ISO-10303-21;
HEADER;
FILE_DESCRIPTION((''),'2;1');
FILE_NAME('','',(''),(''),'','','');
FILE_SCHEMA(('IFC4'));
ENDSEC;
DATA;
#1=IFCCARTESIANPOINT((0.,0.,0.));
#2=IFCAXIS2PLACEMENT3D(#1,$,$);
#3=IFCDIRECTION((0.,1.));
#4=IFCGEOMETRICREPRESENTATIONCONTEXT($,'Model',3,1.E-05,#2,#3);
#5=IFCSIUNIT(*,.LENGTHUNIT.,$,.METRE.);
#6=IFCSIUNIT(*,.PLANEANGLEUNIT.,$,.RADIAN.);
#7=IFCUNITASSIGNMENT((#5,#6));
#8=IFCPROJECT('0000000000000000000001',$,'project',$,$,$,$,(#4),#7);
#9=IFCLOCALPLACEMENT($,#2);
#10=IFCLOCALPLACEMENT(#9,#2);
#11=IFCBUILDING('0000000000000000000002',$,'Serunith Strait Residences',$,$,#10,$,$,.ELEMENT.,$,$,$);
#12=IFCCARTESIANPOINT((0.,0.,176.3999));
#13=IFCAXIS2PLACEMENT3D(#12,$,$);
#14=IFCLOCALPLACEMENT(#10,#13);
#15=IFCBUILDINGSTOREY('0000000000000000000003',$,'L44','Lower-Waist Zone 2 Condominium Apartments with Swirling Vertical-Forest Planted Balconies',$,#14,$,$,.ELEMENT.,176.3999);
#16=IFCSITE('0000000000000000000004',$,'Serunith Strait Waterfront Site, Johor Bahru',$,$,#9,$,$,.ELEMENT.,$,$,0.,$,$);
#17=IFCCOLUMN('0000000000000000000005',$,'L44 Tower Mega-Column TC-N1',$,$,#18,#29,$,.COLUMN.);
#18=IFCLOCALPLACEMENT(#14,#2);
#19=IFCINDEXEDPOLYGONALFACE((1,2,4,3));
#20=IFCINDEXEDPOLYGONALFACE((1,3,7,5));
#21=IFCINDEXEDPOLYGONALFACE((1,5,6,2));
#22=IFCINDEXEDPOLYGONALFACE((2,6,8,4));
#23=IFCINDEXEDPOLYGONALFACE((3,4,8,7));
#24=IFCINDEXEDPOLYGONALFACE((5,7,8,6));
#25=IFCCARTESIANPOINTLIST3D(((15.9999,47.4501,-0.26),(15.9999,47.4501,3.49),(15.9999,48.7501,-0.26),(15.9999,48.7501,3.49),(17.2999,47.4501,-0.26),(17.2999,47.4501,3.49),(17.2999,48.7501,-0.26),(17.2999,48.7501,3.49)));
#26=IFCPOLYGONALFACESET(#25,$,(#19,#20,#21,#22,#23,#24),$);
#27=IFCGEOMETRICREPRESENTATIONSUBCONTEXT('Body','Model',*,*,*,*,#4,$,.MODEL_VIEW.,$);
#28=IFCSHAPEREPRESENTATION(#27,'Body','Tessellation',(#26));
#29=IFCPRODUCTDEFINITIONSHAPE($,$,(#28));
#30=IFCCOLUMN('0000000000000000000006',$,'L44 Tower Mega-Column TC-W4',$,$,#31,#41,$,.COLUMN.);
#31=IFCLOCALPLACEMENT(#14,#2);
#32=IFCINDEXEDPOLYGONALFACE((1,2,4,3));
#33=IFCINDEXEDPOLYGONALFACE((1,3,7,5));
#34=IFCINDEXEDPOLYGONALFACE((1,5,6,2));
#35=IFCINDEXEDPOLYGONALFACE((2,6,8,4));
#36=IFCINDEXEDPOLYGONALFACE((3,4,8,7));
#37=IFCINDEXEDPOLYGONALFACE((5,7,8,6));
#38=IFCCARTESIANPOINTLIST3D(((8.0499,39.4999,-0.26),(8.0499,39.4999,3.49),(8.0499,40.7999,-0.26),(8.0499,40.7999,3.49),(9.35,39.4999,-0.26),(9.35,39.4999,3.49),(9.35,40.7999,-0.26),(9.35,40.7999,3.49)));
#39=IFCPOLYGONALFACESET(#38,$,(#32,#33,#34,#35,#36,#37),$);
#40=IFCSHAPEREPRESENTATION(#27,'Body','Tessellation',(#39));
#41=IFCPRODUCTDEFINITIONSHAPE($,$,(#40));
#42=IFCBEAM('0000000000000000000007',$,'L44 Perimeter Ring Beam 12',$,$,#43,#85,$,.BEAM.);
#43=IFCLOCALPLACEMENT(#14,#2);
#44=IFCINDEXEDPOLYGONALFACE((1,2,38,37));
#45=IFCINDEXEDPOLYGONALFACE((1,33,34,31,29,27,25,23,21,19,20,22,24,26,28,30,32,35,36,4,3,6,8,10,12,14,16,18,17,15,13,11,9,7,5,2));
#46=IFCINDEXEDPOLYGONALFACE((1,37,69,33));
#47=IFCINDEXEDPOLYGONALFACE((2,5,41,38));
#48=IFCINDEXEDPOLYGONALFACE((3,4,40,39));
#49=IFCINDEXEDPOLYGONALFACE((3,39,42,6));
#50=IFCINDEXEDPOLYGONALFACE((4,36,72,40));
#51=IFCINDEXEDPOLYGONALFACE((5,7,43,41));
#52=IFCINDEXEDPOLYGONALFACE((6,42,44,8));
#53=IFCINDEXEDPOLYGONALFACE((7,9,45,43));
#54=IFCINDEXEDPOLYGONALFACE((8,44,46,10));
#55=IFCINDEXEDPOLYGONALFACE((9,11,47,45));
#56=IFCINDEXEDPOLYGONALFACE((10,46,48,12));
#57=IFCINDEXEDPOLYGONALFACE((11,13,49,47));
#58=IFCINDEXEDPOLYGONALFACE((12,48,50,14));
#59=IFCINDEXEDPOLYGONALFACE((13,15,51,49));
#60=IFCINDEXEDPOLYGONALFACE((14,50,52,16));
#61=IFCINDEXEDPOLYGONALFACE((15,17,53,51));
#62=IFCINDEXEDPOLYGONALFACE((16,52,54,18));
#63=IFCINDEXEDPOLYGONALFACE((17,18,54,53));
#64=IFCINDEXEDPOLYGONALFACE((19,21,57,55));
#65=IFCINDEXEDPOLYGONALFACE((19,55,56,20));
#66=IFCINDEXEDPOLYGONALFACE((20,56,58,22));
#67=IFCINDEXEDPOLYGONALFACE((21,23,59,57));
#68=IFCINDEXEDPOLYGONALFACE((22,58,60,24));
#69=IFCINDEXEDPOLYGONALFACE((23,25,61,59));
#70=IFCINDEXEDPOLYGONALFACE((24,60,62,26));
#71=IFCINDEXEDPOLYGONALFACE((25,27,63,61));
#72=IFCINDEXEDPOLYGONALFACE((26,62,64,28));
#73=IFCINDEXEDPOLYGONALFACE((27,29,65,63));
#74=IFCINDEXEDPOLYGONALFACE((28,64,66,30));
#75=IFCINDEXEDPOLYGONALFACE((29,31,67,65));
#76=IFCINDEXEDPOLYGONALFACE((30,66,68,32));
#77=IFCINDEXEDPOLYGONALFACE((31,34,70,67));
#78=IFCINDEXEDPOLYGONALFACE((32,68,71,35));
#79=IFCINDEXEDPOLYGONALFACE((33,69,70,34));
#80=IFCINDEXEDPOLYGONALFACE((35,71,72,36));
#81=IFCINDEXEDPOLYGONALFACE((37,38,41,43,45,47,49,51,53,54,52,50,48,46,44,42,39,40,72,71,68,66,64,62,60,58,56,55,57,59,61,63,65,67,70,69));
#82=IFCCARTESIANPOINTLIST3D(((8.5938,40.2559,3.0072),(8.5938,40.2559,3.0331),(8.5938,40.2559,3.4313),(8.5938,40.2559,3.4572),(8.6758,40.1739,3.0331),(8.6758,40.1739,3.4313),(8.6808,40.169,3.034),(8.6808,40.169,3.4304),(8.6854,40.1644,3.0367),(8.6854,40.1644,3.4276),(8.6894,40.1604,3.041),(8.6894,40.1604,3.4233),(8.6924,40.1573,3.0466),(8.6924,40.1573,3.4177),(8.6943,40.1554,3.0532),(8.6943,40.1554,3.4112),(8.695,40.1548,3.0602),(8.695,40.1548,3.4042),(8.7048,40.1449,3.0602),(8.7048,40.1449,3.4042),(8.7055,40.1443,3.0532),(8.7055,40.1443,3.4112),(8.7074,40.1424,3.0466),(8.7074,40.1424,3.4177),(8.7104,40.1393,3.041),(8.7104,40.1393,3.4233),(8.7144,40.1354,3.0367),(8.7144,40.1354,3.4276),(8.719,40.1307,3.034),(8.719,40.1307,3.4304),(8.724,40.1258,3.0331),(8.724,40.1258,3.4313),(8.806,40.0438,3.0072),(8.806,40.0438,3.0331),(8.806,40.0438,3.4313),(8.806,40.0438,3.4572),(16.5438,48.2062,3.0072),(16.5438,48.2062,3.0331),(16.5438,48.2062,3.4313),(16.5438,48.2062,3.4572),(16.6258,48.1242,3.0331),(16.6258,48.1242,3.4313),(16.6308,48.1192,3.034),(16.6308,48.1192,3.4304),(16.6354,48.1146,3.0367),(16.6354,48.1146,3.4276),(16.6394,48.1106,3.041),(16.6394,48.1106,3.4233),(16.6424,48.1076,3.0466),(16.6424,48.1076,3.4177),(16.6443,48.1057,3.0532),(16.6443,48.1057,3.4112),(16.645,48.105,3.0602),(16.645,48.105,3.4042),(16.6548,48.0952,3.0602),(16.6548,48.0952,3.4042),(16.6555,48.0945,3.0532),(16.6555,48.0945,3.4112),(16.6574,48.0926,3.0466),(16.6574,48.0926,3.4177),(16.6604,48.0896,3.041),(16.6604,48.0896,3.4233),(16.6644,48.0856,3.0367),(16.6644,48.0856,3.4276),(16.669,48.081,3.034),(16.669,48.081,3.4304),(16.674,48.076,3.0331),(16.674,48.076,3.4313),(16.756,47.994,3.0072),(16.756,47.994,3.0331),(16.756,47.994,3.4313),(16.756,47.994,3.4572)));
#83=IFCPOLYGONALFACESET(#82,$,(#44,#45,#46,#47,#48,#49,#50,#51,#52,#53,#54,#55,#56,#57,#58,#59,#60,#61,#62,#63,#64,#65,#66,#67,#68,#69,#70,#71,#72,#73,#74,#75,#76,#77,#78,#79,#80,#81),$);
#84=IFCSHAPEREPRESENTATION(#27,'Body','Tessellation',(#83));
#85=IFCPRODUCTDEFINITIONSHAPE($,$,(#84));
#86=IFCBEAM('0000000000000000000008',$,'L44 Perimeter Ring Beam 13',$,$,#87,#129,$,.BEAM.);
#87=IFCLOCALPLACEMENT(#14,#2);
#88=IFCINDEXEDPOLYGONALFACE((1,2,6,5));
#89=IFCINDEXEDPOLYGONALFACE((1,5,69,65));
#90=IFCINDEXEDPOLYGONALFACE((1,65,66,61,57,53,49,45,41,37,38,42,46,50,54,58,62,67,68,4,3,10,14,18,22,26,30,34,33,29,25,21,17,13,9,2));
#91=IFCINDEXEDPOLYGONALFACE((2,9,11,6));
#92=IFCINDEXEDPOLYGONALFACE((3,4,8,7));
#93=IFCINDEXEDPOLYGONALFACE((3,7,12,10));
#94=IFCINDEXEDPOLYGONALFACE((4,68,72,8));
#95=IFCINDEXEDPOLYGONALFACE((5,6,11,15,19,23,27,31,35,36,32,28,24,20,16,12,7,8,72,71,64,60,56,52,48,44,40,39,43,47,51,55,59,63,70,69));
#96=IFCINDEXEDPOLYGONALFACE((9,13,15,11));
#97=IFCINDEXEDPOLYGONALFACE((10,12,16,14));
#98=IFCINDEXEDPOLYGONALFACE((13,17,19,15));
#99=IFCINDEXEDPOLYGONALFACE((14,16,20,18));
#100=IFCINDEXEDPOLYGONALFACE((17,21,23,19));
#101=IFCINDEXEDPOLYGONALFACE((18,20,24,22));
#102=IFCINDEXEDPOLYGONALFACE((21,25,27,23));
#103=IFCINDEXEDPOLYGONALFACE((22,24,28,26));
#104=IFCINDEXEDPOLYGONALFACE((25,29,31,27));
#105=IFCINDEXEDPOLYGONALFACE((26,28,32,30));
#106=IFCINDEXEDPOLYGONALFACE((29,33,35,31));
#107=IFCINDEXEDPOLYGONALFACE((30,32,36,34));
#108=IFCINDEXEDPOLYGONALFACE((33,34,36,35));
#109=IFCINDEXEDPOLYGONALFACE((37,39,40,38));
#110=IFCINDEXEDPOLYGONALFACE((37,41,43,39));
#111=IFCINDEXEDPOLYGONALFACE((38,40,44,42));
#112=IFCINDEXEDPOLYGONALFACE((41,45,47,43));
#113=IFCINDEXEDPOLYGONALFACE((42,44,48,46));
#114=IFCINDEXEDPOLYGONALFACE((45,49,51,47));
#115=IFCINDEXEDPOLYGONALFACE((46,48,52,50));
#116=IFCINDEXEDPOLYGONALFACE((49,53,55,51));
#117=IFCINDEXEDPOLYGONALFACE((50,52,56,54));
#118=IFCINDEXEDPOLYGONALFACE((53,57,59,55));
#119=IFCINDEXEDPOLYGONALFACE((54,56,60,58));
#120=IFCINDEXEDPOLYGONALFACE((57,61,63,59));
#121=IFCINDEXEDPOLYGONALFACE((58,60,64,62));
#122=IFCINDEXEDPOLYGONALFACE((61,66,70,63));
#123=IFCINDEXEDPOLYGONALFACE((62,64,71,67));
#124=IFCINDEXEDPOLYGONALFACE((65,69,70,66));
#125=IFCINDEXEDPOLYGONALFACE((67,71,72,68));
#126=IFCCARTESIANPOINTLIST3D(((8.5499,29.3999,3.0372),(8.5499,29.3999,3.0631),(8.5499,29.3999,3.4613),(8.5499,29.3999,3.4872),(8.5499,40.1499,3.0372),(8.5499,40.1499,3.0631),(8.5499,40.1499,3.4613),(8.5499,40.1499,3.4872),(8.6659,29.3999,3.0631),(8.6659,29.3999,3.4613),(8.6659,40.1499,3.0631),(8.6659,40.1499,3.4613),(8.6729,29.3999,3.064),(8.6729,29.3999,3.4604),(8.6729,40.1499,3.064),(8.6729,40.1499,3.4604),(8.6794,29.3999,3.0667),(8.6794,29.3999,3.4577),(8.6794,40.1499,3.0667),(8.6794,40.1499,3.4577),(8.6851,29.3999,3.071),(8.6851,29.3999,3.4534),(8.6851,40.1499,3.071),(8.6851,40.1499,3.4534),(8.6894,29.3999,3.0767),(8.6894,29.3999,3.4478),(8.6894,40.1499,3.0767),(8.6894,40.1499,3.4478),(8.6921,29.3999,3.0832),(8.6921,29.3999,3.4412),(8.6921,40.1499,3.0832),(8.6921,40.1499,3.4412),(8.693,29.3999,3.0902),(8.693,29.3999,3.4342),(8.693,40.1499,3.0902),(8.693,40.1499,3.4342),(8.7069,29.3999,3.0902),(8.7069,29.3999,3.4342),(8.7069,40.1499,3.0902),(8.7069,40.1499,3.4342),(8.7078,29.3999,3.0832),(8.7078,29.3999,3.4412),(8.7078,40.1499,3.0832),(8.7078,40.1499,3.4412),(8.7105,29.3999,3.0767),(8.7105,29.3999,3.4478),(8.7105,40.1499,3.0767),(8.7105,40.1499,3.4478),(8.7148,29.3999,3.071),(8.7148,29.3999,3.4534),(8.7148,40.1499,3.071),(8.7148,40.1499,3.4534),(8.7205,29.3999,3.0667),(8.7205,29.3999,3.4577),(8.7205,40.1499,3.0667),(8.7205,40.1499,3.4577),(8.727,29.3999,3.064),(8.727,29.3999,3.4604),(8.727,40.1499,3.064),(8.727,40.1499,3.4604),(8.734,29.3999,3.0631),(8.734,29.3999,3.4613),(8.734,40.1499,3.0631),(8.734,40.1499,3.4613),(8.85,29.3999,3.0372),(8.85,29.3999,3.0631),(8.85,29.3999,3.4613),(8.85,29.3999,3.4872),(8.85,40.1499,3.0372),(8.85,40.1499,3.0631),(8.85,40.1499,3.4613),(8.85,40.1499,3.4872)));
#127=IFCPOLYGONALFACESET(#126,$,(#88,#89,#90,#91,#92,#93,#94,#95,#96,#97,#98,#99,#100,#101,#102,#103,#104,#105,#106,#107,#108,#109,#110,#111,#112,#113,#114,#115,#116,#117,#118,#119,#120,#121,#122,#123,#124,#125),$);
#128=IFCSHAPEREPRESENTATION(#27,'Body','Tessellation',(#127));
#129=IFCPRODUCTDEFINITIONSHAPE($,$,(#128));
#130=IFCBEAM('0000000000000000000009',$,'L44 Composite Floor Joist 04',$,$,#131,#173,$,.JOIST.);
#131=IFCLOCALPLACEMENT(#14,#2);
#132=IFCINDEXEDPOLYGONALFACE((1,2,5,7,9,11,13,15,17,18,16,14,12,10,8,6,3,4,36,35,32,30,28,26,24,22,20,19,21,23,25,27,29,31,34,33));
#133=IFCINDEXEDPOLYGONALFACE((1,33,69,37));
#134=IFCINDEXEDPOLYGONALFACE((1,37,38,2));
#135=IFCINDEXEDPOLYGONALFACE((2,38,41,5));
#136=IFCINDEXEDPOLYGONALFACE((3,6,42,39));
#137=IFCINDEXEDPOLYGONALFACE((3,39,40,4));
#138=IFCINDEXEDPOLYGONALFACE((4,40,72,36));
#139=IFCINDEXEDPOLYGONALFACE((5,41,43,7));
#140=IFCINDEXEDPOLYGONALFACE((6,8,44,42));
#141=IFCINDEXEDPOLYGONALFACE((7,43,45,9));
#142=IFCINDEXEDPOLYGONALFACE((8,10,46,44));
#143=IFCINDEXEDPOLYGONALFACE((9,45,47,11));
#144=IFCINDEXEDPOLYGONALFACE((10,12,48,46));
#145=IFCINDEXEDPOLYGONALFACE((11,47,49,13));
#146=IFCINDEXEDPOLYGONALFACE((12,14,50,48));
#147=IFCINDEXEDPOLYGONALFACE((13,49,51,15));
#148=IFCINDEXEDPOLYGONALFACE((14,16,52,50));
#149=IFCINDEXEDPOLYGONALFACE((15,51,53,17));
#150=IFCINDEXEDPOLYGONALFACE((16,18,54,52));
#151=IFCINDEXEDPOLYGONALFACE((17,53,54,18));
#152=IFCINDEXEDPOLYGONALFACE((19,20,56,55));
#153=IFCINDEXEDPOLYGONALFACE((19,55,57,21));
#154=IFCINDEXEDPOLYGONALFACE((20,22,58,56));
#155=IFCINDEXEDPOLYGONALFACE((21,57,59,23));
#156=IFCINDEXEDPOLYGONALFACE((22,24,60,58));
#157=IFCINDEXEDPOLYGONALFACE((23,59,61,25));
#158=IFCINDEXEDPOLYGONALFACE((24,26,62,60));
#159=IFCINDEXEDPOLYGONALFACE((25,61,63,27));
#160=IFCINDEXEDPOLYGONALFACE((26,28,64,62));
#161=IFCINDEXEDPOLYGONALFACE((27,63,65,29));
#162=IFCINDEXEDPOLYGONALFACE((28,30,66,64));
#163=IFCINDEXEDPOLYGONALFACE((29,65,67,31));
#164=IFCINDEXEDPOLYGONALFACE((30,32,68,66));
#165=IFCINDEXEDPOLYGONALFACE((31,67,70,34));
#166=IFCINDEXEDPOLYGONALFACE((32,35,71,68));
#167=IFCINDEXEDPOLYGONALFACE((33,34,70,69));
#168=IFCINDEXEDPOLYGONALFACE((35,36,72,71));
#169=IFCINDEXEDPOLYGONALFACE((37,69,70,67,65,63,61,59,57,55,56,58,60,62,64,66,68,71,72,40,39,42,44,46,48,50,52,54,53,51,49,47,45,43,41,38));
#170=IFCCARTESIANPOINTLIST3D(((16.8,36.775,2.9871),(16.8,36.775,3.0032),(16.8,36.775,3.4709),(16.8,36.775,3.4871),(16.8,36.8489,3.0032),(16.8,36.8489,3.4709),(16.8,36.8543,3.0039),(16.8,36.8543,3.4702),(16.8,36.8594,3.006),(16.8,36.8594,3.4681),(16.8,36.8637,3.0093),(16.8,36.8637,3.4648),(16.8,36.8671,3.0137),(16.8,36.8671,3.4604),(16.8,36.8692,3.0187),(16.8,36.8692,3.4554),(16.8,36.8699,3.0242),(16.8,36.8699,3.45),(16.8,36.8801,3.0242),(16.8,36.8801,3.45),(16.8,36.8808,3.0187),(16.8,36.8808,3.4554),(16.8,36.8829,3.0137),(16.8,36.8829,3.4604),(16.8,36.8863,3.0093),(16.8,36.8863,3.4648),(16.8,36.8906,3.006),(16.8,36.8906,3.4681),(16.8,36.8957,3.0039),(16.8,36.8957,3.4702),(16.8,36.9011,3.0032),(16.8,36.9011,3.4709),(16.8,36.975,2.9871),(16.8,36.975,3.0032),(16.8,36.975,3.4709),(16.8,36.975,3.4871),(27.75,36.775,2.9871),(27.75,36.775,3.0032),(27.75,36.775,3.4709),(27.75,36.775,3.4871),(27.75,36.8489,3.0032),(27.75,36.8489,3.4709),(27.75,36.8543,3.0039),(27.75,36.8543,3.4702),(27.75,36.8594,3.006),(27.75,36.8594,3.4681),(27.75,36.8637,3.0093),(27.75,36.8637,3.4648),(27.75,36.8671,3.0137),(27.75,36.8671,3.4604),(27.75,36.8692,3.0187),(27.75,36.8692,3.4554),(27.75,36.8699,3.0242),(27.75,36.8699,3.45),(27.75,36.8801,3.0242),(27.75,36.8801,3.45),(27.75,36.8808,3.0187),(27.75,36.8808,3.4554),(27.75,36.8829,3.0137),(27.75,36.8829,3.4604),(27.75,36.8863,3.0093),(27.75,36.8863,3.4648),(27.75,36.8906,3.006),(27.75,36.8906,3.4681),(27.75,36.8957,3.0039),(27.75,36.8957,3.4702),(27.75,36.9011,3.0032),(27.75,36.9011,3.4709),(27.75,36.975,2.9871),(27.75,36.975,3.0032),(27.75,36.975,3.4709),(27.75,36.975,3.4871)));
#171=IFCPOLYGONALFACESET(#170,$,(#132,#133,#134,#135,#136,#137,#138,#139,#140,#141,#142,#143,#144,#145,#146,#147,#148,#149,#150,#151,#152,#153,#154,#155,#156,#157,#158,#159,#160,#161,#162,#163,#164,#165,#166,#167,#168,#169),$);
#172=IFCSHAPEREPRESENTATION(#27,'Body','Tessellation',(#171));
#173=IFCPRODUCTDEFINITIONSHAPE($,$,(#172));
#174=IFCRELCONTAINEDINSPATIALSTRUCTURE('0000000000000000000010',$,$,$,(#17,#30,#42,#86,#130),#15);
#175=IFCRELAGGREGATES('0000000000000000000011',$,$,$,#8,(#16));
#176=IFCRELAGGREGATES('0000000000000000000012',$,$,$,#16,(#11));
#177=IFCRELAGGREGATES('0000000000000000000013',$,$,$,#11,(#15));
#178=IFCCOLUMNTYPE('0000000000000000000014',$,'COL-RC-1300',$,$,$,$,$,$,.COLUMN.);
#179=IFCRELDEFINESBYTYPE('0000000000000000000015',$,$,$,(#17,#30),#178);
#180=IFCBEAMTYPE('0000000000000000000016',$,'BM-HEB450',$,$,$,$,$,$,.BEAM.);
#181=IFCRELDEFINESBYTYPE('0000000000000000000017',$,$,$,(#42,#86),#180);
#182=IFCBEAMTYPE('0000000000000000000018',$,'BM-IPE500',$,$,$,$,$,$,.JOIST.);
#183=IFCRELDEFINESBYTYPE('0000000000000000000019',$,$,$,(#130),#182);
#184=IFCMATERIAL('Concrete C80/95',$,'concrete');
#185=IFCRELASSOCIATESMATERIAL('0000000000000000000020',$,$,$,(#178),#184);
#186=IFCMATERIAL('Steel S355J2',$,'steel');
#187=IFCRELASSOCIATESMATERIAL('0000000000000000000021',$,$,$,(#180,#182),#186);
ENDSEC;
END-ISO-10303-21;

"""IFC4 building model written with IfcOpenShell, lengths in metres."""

from ifc_helpers import new_model, si_unit, direction, frame, origin, origin_2d, place, context, subcontext, project, spatial, rectangle, i_section, extrude, source, transform, mapped, material, material_profile, profile_set, type_object, element, save


model = new_model("IFC4")

# Units and contexts
model_context = context("Model", 3, precision=1e-05, world=origin(), true_north=direction((0.0, 1.0)))
body_context = subcontext(model_context, "Body", "Model", "MODEL_VIEW")
ifc_project = project(units=[si_unit("LENGTHUNIT", "METRE"), si_unit("PLANEANGLEUNIT", "RADIAN")], contexts=[model_context])

# Site, building, storey
site_placement = place(None, origin())
site = spatial("IfcSite", under=ifc_project, at=site_placement, Name="Serunith Strait Waterfront Site, Johor Bahru", CompositionType="ELEMENT", RefElevation=0.0)
building_placement = place(site_placement, origin())
building = spatial("IfcBuilding", under=site, at=building_placement, Name="Serunith Strait Residences", CompositionType="ELEMENT")
storey_placement = place(building_placement, frame((0.0, 0.0, 176.3999)))
storey = spatial("IfcBuildingStorey", under=building, at=storey_placement, Name="L44", Description="Lower-Waist Zone 2 Condominium Apartments with Swirling Vertical-Forest Planted Balconies", CompositionType="ELEMENT", Elevation=176.3999)

# Columns
ifc_material_1 = material(Name="Concrete C80/95", Category="concrete")
ifc_material_profile_1 = material_profile(ifc_material_1, rectangle(XDim=1.3, YDim=1.3, at=origin_2d()), Name="RC 1300x1300")
ifc_profile_set_1 = profile_set([ifc_material_profile_1], Name="Concrete C80/95")
column_type = type_object("IfcColumnType", Name="COL-RC-1300", PredefinedType="COLUMN", material=ifc_profile_set_1)
shared_shape_1 = source(origin(), body_context, "Body", "SweptSolid", [
    extrude(rectangle(XDim=1.3, YDim=1.3, at=origin_2d()), origin(), (0.0, 0.0, 1.0), 3.75),
])
for number, where, z_axis, x_axis, name in (
    (1, (16.6499, 48.1001, -0.26), (0.0, 0.0, 1.0), (1.0, 0.0, 0.0), "L44 Tower Mega-Column TC-N1"),
    (2, (8.7, 40.1499, -0.26), (0.0, 0.0, 1.0), (1.0, 0.0, 0.0), "L44 Tower Mega-Column TC-W4"),
):
    element("IfcColumn", number, at=place(storey_placement, frame(where, z_axis=z_axis, x_axis=x_axis)), inside=storey, type_object=column_type, Name=name, PredefinedType="COLUMN", context=body_context, shape_type="MappedRepresentation", body=[
        mapped(shared_shape_1, transform((0.0, 0.0, 0.0), scale=1.0)),
    ])

# Beams
ifc_material_2 = material(Name="Steel S355J2", Category="steel")
ifc_material_profile_2 = material_profile(ifc_material_2, i_section(OverallWidth=0.3, OverallDepth=0.45, WebThickness=0.0139, FlangeThickness=0.0259, FilletRadius=0.0271, at=origin_2d()), Name="HEB 450")
ifc_profile_set_2 = profile_set([ifc_material_profile_2], Name="Steel S355J2")
beam_type_1 = type_object("IfcBeamType", Name="BM-HEB450", PredefinedType="BEAM", material=ifc_profile_set_2)
shared_shape_2 = source(origin(), body_context, "Body", "SweptSolid", [
    extrude(i_section(OverallWidth=0.3, OverallDepth=0.45, WebThickness=0.0139, FlangeThickness=0.0259, FilletRadius=0.0271, at=origin_2d()), origin(), (0.0, 0.0, 1.0), 11.2432),
])
beam_1_placement = place(storey_placement, frame((16.6499, 48.1001, 3.2322), z_axis=(-0.707096, -0.707118, 0.0), x_axis=(0.707118, -0.707096, 0.0)))
element("IfcBeam", 3, at=beam_1_placement, inside=storey, type_object=beam_type_1, Name="L44 Perimeter Ring Beam 12", PredefinedType="BEAM", context=body_context, shape_type="MappedRepresentation", body=[
    mapped(shared_shape_2, transform((0.0, 0.0, 0.0), scale=1.0)),
])
shared_shape_3 = source(origin(), body_context, "Body", "SweptSolid", [
    extrude(i_section(OverallWidth=0.3, OverallDepth=0.45, WebThickness=0.0139, FlangeThickness=0.0259, FilletRadius=0.0271, at=origin_2d()), origin(), (0.0, 0.0, 1.0), 10.75),
])
beam_2_placement = place(storey_placement, frame((8.7, 40.1499, 3.2622), z_axis=(0.0, -1.0, 0.0), x_axis=(1.0, 0.0, 0.0)))
element("IfcBeam", 4, at=beam_2_placement, inside=storey, type_object=beam_type_1, Name="L44 Perimeter Ring Beam 13", PredefinedType="BEAM", context=body_context, shape_type="MappedRepresentation", body=[
    mapped(shared_shape_3, transform((0.0, 0.0, 0.0), scale=1.0)),
])
ifc_material_profile_3 = material_profile(ifc_material_2, i_section(OverallWidth=0.2, OverallDepth=0.5, WebThickness=0.0103, FlangeThickness=0.0161, FilletRadius=0.021, at=origin_2d()), Name="IPE 500")
ifc_profile_set_3 = profile_set([ifc_material_profile_3], Name="Steel S355J2")
beam_type_2 = type_object("IfcBeamType", Name="BM-IPE500", PredefinedType="JOIST", material=ifc_profile_set_3)
shared_shape_4 = source(origin(), body_context, "Body", "SweptSolid", [
    extrude(i_section(OverallWidth=0.2, OverallDepth=0.5, WebThickness=0.0103, FlangeThickness=0.0161, FilletRadius=0.021, at=origin_2d()), origin(), (0.0, 0.0, 1.0), 10.95),
])
beam_3_placement = place(storey_placement, frame((16.8, 36.875, 3.2371), z_axis=(1.0, 0.0, 0.0), x_axis=(0.0, 1.0, 0.0)))
element("IfcBeam", 5, at=beam_3_placement, inside=storey, type_object=beam_type_2, Name="L44 Composite Floor Joist 04", PredefinedType="JOIST", context=body_context, shape_type="MappedRepresentation", body=[
    mapped(shared_shape_4, transform((0.0, 0.0, 0.0), scale=1.0)),
])

save(model, "model.ifc")
